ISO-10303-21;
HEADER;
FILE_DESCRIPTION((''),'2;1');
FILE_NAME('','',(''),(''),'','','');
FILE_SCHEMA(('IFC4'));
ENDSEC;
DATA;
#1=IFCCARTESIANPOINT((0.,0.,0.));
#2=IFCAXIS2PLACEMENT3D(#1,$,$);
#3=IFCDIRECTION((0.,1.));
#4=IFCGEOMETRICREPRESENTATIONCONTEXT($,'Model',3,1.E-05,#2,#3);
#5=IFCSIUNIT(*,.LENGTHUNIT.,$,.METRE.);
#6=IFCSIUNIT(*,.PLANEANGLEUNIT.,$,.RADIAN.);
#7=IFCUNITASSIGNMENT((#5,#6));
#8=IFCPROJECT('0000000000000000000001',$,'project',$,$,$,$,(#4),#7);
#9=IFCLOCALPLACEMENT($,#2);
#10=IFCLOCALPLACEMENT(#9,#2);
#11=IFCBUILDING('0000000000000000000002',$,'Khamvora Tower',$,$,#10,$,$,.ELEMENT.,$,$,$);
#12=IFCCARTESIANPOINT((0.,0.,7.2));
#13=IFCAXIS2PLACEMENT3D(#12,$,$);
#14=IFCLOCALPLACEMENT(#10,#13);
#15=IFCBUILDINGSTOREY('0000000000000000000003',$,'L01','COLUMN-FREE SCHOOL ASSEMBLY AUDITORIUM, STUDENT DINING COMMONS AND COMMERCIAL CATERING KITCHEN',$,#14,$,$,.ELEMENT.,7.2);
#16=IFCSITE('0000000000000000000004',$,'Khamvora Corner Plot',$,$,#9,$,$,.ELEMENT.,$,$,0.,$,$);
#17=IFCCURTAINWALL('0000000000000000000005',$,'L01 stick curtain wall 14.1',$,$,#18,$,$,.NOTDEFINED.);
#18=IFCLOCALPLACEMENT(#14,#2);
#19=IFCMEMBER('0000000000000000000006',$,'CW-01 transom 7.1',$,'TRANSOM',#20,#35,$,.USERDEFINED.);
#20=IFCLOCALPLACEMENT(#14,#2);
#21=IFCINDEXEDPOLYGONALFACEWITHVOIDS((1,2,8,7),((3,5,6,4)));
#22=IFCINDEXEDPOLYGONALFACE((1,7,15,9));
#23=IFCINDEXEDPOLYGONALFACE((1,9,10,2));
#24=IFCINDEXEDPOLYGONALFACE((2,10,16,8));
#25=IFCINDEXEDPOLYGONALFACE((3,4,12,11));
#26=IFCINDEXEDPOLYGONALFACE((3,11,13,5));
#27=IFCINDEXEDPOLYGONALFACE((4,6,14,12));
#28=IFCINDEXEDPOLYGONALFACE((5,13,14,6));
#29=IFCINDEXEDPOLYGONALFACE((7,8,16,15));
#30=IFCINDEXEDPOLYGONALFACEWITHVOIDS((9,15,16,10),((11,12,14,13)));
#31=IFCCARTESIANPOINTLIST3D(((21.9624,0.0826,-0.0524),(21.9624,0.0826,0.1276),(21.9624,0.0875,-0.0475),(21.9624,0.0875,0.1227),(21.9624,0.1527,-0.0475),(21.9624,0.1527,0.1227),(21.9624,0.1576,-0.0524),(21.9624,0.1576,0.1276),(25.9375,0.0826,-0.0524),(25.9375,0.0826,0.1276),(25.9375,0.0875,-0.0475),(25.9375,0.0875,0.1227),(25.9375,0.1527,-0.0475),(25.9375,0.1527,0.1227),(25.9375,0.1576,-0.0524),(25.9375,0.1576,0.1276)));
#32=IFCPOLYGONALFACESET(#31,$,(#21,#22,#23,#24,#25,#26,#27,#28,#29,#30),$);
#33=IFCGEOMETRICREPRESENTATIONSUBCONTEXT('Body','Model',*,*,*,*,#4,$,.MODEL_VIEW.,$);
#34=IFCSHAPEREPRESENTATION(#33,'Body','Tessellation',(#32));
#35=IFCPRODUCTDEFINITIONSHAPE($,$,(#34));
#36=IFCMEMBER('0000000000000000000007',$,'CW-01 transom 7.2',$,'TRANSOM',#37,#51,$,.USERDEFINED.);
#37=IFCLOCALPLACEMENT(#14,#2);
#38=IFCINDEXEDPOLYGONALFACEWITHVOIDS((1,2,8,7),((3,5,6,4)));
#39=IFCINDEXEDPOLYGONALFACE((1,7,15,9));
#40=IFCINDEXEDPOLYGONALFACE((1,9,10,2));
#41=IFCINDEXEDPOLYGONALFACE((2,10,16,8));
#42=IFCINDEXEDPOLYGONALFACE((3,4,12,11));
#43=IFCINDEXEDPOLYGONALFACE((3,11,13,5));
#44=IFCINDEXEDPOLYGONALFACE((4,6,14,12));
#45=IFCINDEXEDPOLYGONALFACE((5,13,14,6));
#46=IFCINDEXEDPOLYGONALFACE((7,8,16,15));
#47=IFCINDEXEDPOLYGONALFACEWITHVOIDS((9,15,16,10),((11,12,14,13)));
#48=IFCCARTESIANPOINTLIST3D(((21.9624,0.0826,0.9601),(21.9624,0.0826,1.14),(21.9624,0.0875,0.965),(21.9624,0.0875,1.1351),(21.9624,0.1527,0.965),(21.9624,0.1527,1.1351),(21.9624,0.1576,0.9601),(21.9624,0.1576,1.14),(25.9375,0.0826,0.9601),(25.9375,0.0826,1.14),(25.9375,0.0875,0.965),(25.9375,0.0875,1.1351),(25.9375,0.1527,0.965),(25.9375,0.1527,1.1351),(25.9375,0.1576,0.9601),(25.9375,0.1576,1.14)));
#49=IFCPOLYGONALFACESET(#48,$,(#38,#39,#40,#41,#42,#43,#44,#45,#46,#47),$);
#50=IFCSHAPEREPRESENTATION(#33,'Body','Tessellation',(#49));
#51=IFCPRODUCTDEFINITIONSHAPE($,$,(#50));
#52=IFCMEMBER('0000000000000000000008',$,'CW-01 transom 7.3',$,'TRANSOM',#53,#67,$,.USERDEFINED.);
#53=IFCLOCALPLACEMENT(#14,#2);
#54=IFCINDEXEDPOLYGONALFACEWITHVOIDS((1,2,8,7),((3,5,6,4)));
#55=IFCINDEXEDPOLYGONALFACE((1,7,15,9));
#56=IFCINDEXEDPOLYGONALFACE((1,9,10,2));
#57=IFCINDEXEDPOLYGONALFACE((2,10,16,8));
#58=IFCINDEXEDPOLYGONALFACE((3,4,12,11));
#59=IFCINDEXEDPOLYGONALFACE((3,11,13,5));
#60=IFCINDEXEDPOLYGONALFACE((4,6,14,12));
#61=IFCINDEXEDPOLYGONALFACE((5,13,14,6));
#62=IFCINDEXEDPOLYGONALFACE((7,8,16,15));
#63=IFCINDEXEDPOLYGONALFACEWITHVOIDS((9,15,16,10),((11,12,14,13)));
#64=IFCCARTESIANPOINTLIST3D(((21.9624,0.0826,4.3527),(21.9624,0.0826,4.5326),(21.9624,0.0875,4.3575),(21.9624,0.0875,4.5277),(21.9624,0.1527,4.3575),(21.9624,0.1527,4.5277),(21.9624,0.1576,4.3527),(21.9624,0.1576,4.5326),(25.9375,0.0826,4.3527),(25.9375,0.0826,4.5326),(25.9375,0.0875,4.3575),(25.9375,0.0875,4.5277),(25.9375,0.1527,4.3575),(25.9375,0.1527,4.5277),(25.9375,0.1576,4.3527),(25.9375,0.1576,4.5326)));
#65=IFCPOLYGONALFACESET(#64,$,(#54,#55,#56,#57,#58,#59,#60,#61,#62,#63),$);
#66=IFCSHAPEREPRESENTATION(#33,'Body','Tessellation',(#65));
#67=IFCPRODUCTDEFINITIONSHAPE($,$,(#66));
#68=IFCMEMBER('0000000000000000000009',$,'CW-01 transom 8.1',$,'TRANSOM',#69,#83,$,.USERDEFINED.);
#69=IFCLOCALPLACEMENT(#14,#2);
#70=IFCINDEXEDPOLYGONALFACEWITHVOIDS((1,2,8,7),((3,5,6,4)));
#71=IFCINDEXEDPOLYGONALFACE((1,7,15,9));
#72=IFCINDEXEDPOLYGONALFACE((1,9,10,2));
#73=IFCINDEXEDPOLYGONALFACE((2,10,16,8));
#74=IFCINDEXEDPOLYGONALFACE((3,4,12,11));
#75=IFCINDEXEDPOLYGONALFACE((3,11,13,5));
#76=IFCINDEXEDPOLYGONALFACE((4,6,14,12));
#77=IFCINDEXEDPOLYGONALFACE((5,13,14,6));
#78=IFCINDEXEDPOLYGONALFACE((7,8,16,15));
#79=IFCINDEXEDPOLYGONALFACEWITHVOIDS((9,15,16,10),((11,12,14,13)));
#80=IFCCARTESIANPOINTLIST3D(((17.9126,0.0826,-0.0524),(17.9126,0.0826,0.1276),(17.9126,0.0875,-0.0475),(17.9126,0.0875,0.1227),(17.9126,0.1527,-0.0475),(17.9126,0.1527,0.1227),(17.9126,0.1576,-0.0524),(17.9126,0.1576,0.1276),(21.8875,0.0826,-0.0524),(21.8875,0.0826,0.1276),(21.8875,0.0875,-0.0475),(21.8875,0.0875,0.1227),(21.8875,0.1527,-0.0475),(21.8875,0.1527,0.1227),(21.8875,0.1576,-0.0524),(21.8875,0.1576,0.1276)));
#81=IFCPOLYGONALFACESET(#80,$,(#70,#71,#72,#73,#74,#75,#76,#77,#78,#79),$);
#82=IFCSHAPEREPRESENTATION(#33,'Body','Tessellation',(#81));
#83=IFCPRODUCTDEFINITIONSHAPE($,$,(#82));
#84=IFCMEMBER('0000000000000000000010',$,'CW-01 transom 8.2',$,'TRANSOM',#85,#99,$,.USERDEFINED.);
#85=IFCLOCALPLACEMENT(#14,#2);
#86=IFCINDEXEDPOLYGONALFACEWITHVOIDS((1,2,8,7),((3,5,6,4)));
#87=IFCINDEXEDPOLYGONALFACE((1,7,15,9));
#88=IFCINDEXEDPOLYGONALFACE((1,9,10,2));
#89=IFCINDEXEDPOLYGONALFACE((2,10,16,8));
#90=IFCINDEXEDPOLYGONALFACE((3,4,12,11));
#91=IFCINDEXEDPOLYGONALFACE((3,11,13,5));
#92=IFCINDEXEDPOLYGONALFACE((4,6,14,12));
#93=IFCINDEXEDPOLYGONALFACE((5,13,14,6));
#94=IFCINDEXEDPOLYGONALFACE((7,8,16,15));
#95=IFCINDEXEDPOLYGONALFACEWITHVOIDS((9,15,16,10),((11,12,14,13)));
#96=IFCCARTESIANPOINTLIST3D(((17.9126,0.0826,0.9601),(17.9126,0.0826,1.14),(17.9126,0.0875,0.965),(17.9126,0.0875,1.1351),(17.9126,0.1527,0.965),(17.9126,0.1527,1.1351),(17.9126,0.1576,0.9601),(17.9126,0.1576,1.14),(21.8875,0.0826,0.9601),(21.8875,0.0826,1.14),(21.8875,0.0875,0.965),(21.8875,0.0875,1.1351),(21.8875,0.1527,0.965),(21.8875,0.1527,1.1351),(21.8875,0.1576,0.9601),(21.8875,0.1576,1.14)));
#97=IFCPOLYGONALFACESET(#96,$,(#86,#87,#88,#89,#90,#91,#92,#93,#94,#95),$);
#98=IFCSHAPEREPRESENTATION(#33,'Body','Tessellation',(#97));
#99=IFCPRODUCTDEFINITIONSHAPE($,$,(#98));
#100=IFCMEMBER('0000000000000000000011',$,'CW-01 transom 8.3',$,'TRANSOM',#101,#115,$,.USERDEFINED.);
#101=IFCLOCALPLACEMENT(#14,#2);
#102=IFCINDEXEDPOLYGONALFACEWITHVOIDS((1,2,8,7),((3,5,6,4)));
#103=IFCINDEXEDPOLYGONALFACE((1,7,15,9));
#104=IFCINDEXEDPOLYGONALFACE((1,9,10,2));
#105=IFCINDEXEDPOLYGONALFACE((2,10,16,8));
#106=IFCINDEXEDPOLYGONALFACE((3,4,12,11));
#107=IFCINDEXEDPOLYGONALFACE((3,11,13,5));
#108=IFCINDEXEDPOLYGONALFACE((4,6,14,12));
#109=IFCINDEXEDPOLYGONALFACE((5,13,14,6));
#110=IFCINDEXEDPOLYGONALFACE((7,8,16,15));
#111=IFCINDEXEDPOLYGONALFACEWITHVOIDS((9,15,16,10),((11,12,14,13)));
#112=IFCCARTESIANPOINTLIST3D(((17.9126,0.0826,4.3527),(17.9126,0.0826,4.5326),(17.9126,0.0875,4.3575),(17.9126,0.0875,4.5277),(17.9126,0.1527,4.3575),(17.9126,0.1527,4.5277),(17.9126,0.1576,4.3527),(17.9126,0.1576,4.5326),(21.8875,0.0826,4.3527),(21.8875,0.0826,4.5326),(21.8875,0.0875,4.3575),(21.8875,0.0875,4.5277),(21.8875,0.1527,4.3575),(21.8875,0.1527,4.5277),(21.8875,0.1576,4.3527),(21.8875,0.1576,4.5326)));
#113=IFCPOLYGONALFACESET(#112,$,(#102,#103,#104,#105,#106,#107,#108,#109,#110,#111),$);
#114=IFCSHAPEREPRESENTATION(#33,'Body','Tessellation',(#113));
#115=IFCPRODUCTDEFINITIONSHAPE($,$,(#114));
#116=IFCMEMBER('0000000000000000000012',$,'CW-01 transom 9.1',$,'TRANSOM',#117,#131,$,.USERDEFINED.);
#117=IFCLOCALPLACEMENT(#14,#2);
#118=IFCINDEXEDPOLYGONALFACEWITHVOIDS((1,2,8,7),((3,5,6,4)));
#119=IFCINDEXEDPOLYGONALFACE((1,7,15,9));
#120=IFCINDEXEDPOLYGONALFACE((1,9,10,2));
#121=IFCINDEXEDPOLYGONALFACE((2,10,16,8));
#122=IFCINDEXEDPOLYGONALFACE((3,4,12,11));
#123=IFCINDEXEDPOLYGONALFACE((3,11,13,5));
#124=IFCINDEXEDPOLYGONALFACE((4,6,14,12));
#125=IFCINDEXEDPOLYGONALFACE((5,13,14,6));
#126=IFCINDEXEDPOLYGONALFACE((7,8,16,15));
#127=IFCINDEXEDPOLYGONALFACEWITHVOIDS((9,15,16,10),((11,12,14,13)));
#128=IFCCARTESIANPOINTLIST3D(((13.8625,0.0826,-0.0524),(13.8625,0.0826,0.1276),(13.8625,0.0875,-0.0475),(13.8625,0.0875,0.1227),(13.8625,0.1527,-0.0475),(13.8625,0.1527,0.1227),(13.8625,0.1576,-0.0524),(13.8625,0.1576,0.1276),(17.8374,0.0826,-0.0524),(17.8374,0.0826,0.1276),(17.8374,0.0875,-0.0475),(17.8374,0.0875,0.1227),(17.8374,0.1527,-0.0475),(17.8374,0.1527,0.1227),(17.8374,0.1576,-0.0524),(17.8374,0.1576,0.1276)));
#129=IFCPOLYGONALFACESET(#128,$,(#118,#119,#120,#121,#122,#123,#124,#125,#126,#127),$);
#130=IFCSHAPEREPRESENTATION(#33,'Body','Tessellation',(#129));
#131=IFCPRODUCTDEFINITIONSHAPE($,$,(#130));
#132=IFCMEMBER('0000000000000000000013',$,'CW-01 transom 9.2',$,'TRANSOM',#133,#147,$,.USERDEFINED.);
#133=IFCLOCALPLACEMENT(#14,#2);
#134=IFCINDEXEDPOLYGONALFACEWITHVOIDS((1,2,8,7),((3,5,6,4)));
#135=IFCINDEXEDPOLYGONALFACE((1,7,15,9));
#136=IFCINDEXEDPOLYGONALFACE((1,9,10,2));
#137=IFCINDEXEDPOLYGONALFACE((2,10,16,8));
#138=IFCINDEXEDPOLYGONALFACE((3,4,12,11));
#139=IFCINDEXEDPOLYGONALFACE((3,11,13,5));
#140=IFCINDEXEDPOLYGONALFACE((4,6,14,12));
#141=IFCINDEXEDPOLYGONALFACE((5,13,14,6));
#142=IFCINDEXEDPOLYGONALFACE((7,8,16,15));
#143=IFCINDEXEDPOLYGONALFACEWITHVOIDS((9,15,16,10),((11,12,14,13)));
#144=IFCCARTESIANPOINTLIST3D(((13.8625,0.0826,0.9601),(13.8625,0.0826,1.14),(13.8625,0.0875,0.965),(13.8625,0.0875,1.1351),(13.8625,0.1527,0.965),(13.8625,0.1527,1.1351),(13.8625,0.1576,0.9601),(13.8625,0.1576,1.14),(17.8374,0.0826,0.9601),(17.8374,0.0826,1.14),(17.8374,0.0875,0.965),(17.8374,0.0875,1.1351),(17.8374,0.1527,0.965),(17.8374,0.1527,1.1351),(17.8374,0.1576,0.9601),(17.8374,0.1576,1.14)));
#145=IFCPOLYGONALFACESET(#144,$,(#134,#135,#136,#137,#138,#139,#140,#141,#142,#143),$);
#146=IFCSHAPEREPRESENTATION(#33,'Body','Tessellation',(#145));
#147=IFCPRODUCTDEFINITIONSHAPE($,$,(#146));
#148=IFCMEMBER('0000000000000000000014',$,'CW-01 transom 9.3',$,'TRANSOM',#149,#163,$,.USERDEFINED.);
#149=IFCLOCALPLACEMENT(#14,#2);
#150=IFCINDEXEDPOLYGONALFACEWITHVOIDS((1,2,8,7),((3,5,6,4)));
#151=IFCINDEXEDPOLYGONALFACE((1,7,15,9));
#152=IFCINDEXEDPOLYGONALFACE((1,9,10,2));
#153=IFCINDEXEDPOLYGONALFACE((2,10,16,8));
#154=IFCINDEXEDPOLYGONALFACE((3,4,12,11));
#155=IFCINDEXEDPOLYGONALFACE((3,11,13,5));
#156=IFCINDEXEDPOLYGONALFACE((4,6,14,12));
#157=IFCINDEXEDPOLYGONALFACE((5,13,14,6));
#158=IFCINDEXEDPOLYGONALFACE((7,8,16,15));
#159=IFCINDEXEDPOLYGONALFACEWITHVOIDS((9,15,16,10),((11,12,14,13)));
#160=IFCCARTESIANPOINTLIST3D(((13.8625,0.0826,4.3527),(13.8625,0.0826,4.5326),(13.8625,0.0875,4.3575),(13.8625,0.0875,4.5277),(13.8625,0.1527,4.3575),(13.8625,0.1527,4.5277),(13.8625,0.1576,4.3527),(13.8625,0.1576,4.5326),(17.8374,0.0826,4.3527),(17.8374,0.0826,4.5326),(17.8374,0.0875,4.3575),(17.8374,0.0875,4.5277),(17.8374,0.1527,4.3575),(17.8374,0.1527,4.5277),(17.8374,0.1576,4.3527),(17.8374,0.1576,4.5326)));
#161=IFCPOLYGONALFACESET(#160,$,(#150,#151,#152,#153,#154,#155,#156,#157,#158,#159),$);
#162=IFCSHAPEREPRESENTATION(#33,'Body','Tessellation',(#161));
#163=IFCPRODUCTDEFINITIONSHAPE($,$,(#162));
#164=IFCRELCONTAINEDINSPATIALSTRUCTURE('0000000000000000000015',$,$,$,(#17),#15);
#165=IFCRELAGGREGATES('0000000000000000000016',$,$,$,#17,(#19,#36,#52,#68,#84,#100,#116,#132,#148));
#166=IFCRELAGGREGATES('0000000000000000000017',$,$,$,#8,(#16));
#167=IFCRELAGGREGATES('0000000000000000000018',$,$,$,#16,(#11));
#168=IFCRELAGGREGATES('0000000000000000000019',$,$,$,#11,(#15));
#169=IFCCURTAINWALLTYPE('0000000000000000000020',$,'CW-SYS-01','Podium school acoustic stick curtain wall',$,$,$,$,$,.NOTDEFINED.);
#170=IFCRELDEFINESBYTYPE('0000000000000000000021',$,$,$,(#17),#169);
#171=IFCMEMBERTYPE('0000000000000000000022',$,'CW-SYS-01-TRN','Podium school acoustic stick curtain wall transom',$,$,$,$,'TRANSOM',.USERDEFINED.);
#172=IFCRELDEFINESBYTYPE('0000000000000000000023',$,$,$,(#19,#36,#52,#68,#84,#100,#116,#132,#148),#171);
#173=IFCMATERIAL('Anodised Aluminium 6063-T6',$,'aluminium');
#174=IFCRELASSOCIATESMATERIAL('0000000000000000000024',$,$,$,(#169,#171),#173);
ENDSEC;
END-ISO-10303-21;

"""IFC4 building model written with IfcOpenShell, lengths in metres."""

from ifc_helpers import new_model, si_unit, direction, frame, origin, origin_2d, place, context, subcontext, project, spatial, hollow_rectangle, extrude, material, material_profile, profile_set, type_object, element, aggregate, save


model = new_model("IFC4")

# Units and contexts
model_context = context("Model", 3, precision=1e-05, world=origin(), true_north=direction((0.0, 1.0)))
body_context = subcontext(model_context, "Body", "Model", "MODEL_VIEW")
ifc_project = project(units=[si_unit("LENGTHUNIT", "METRE"), si_unit("PLANEANGLEUNIT", "RADIAN")], contexts=[model_context])

# Site, building, storey
site_placement = place(None, origin())
site = spatial("IfcSite", under=ifc_project, at=site_placement, Name="Khamvora Corner Plot", CompositionType="ELEMENT", RefElevation=0.0)
building_placement = place(site_placement, origin())
building = spatial("IfcBuilding", under=site, at=building_placement, Name="Khamvora Tower", CompositionType="ELEMENT")
storey_placement = place(building_placement, frame((0.0, 0.0, 7.2)))
storey = spatial("IfcBuildingStorey", under=building, at=storey_placement, Name="L01", Description="COLUMN-FREE SCHOOL ASSEMBLY AUDITORIUM, STUDENT DINING COMMONS AND COMMERCIAL CATERING KITCHEN", CompositionType="ELEMENT", Elevation=7.2)

# Curtain wall, members
ifc_material_1 = material(Name="Anodised Aluminium 6063-T6", Category="aluminium")
curtain_wall_type = type_object("IfcCurtainWallType", Name="CW-SYS-01", Description="Podium school acoustic stick curtain wall", PredefinedType="NOTDEFINED", material=ifc_material_1)
curtain_wall_placement = place(storey_placement, origin())
curtain_wall = element("IfcCurtainWall", 1, at=curtain_wall_placement, inside=storey, type_object=curtain_wall_type, Name="L01 stick curtain wall 14.1", PredefinedType="NOTDEFINED")
ifc_material_profile_1 = material_profile(ifc_material_1, hollow_rectangle(XDim=0.075, YDim=0.1799, WallThickness=0.0049, at=origin_2d()), Name="TRN75x180x5")
ifc_profile_set_1 = profile_set([ifc_material_profile_1], Name="Anodised Aluminium 6063-T6")
member_type_1 = type_object("IfcMemberType", Name="CW-SYS-01-TRN", Description="Podium school acoustic stick curtain wall transom", ElementType="TRANSOM", PredefinedType="USERDEFINED", material=ifc_profile_set_1)
member_1_placement = place(storey_placement, frame((25.9375, 0.1201, 0.0376), z_axis=(-1.0, 0.0, 0.0), x_axis=(0.0, -1.0, 0.0)))
member_1 = element("IfcMember", 2, at=member_1_placement, type_object=member_type_1, Name="CW-01 transom 7.1", ObjectType="TRANSOM", PredefinedType="USERDEFINED", context=body_context, shape_type="SweptSolid", body=[
    extrude(hollow_rectangle(XDim=0.075, YDim=0.1799, WallThickness=0.0049, at=origin_2d()), origin(), (0.0, 0.0, 1.0), 3.9751),
])
member_2_placement = place(storey_placement, frame((25.9375, 0.1201, 1.05), z_axis=(-1.0, 0.0, 0.0), x_axis=(0.0, -1.0, 0.0)))
member_2 = element("IfcMember", 3, at=member_2_placement, type_object=member_type_1, Name="CW-01 transom 7.2", ObjectType="TRANSOM", PredefinedType="USERDEFINED", context=body_context, shape_type="SweptSolid", body=[
    extrude(hollow_rectangle(XDim=0.075, YDim=0.1799, WallThickness=0.0049, at=origin_2d()), origin(), (0.0, 0.0, 1.0), 3.9751),
])
member_3_placement = place(storey_placement, frame((25.9375, 0.1201, 4.4426), z_axis=(-1.0, 0.0, 0.0), x_axis=(0.0, -1.0, 0.0)))
member_3 = element("IfcMember", 4, at=member_3_placement, type_object=member_type_1, Name="CW-01 transom 7.3", ObjectType="TRANSOM", PredefinedType="USERDEFINED", context=body_context, shape_type="SweptSolid", body=[
    extrude(hollow_rectangle(XDim=0.075, YDim=0.1799, WallThickness=0.0049, at=origin_2d()), origin(), (0.0, 0.0, 1.0), 3.9751),
])
member_4_placement = place(storey_placement, frame((21.8875, 0.1201, 0.0376), z_axis=(-1.0, 0.0, 0.0), x_axis=(0.0, -1.0, 0.0)))
member_4 = element("IfcMember", 5, at=member_4_placement, type_object=member_type_1, Name="CW-01 transom 8.1", ObjectType="TRANSOM", PredefinedType="USERDEFINED", context=body_context, shape_type="SweptSolid", body=[
    extrude(hollow_rectangle(XDim=0.075, YDim=0.1799, WallThickness=0.0049, at=origin_2d()), origin(), (0.0, 0.0, 1.0), 3.9749),
])
member_5_placement = place(storey_placement, frame((21.8875, 0.1201, 1.05), z_axis=(-1.0, 0.0, 0.0), x_axis=(0.0, -1.0, 0.0)))
member_5 = element("IfcMember", 6, at=member_5_placement, type_object=member_type_1, Name="CW-01 transom 8.2", ObjectType="TRANSOM", PredefinedType="USERDEFINED", context=body_context, shape_type="SweptSolid", body=[
    extrude(hollow_rectangle(XDim=0.075, YDim=0.1799, WallThickness=0.0049, at=origin_2d()), origin(), (0.0, 0.0, 1.0), 3.9749),
])
member_6_placement = place(storey_placement, frame((21.8875, 0.1201, 4.4426), z_axis=(-1.0, 0.0, 0.0), x_axis=(0.0, -1.0, 0.0)))
member_6 = element("IfcMember", 7, at=member_6_placement, type_object=member_type_1, Name="CW-01 transom 8.3", ObjectType="TRANSOM", PredefinedType="USERDEFINED", context=body_context, shape_type="SweptSolid", body=[
    extrude(hollow_rectangle(XDim=0.075, YDim=0.1799, WallThickness=0.0049, at=origin_2d()), origin(), (0.0, 0.0, 1.0), 3.9749),
])
member_7_placement = place(storey_placement, frame((17.8374, 0.1201, 0.0376), z_axis=(-1.0, 0.0, 0.0), x_axis=(0.0, -1.0, 0.0)))
member_7 = element("IfcMember", 8, at=member_7_placement, type_object=member_type_1, Name="CW-01 transom 9.1", ObjectType="TRANSOM", PredefinedType="USERDEFINED", context=body_context, shape_type="SweptSolid", body=[
    extrude(hollow_rectangle(XDim=0.075, YDim=0.1799, WallThickness=0.0049, at=origin_2d()), origin(), (0.0, 0.0, 1.0), 3.9749),
])
member_8_placement = place(storey_placement, frame((17.8374, 0.1201, 1.05), z_axis=(-1.0, 0.0, 0.0), x_axis=(0.0, -1.0, 0.0)))
member_8 = element("IfcMember", 9, at=member_8_placement, type_object=member_type_1, Name="CW-01 transom 9.2", ObjectType="TRANSOM", PredefinedType="USERDEFINED", context=body_context, shape_type="SweptSolid", body=[
    extrude(hollow_rectangle(XDim=0.075, YDim=0.1799, WallThickness=0.0049, at=origin_2d()), origin(), (0.0, 0.0, 1.0), 3.9749),
])
member_9_placement = place(storey_placement, frame((17.8374, 0.1201, 4.4426), z_axis=(-1.0, 0.0, 0.0), x_axis=(0.0, -1.0, 0.0)))
member_9 = element("IfcMember", 10, at=member_9_placement, type_object=member_type_1, Name="CW-01 transom 9.3", ObjectType="TRANSOM", PredefinedType="USERDEFINED", context=body_context, shape_type="SweptSolid", body=[
    extrude(hollow_rectangle(XDim=0.075, YDim=0.1799, WallThickness=0.0049, at=origin_2d()), origin(), (0.0, 0.0, 1.0), 3.9749),
])

aggregate(curtain_wall, [member_1, member_2, member_3, member_4, member_5, member_6, member_7, member_8, member_9])

save(model, "model.ifc")
